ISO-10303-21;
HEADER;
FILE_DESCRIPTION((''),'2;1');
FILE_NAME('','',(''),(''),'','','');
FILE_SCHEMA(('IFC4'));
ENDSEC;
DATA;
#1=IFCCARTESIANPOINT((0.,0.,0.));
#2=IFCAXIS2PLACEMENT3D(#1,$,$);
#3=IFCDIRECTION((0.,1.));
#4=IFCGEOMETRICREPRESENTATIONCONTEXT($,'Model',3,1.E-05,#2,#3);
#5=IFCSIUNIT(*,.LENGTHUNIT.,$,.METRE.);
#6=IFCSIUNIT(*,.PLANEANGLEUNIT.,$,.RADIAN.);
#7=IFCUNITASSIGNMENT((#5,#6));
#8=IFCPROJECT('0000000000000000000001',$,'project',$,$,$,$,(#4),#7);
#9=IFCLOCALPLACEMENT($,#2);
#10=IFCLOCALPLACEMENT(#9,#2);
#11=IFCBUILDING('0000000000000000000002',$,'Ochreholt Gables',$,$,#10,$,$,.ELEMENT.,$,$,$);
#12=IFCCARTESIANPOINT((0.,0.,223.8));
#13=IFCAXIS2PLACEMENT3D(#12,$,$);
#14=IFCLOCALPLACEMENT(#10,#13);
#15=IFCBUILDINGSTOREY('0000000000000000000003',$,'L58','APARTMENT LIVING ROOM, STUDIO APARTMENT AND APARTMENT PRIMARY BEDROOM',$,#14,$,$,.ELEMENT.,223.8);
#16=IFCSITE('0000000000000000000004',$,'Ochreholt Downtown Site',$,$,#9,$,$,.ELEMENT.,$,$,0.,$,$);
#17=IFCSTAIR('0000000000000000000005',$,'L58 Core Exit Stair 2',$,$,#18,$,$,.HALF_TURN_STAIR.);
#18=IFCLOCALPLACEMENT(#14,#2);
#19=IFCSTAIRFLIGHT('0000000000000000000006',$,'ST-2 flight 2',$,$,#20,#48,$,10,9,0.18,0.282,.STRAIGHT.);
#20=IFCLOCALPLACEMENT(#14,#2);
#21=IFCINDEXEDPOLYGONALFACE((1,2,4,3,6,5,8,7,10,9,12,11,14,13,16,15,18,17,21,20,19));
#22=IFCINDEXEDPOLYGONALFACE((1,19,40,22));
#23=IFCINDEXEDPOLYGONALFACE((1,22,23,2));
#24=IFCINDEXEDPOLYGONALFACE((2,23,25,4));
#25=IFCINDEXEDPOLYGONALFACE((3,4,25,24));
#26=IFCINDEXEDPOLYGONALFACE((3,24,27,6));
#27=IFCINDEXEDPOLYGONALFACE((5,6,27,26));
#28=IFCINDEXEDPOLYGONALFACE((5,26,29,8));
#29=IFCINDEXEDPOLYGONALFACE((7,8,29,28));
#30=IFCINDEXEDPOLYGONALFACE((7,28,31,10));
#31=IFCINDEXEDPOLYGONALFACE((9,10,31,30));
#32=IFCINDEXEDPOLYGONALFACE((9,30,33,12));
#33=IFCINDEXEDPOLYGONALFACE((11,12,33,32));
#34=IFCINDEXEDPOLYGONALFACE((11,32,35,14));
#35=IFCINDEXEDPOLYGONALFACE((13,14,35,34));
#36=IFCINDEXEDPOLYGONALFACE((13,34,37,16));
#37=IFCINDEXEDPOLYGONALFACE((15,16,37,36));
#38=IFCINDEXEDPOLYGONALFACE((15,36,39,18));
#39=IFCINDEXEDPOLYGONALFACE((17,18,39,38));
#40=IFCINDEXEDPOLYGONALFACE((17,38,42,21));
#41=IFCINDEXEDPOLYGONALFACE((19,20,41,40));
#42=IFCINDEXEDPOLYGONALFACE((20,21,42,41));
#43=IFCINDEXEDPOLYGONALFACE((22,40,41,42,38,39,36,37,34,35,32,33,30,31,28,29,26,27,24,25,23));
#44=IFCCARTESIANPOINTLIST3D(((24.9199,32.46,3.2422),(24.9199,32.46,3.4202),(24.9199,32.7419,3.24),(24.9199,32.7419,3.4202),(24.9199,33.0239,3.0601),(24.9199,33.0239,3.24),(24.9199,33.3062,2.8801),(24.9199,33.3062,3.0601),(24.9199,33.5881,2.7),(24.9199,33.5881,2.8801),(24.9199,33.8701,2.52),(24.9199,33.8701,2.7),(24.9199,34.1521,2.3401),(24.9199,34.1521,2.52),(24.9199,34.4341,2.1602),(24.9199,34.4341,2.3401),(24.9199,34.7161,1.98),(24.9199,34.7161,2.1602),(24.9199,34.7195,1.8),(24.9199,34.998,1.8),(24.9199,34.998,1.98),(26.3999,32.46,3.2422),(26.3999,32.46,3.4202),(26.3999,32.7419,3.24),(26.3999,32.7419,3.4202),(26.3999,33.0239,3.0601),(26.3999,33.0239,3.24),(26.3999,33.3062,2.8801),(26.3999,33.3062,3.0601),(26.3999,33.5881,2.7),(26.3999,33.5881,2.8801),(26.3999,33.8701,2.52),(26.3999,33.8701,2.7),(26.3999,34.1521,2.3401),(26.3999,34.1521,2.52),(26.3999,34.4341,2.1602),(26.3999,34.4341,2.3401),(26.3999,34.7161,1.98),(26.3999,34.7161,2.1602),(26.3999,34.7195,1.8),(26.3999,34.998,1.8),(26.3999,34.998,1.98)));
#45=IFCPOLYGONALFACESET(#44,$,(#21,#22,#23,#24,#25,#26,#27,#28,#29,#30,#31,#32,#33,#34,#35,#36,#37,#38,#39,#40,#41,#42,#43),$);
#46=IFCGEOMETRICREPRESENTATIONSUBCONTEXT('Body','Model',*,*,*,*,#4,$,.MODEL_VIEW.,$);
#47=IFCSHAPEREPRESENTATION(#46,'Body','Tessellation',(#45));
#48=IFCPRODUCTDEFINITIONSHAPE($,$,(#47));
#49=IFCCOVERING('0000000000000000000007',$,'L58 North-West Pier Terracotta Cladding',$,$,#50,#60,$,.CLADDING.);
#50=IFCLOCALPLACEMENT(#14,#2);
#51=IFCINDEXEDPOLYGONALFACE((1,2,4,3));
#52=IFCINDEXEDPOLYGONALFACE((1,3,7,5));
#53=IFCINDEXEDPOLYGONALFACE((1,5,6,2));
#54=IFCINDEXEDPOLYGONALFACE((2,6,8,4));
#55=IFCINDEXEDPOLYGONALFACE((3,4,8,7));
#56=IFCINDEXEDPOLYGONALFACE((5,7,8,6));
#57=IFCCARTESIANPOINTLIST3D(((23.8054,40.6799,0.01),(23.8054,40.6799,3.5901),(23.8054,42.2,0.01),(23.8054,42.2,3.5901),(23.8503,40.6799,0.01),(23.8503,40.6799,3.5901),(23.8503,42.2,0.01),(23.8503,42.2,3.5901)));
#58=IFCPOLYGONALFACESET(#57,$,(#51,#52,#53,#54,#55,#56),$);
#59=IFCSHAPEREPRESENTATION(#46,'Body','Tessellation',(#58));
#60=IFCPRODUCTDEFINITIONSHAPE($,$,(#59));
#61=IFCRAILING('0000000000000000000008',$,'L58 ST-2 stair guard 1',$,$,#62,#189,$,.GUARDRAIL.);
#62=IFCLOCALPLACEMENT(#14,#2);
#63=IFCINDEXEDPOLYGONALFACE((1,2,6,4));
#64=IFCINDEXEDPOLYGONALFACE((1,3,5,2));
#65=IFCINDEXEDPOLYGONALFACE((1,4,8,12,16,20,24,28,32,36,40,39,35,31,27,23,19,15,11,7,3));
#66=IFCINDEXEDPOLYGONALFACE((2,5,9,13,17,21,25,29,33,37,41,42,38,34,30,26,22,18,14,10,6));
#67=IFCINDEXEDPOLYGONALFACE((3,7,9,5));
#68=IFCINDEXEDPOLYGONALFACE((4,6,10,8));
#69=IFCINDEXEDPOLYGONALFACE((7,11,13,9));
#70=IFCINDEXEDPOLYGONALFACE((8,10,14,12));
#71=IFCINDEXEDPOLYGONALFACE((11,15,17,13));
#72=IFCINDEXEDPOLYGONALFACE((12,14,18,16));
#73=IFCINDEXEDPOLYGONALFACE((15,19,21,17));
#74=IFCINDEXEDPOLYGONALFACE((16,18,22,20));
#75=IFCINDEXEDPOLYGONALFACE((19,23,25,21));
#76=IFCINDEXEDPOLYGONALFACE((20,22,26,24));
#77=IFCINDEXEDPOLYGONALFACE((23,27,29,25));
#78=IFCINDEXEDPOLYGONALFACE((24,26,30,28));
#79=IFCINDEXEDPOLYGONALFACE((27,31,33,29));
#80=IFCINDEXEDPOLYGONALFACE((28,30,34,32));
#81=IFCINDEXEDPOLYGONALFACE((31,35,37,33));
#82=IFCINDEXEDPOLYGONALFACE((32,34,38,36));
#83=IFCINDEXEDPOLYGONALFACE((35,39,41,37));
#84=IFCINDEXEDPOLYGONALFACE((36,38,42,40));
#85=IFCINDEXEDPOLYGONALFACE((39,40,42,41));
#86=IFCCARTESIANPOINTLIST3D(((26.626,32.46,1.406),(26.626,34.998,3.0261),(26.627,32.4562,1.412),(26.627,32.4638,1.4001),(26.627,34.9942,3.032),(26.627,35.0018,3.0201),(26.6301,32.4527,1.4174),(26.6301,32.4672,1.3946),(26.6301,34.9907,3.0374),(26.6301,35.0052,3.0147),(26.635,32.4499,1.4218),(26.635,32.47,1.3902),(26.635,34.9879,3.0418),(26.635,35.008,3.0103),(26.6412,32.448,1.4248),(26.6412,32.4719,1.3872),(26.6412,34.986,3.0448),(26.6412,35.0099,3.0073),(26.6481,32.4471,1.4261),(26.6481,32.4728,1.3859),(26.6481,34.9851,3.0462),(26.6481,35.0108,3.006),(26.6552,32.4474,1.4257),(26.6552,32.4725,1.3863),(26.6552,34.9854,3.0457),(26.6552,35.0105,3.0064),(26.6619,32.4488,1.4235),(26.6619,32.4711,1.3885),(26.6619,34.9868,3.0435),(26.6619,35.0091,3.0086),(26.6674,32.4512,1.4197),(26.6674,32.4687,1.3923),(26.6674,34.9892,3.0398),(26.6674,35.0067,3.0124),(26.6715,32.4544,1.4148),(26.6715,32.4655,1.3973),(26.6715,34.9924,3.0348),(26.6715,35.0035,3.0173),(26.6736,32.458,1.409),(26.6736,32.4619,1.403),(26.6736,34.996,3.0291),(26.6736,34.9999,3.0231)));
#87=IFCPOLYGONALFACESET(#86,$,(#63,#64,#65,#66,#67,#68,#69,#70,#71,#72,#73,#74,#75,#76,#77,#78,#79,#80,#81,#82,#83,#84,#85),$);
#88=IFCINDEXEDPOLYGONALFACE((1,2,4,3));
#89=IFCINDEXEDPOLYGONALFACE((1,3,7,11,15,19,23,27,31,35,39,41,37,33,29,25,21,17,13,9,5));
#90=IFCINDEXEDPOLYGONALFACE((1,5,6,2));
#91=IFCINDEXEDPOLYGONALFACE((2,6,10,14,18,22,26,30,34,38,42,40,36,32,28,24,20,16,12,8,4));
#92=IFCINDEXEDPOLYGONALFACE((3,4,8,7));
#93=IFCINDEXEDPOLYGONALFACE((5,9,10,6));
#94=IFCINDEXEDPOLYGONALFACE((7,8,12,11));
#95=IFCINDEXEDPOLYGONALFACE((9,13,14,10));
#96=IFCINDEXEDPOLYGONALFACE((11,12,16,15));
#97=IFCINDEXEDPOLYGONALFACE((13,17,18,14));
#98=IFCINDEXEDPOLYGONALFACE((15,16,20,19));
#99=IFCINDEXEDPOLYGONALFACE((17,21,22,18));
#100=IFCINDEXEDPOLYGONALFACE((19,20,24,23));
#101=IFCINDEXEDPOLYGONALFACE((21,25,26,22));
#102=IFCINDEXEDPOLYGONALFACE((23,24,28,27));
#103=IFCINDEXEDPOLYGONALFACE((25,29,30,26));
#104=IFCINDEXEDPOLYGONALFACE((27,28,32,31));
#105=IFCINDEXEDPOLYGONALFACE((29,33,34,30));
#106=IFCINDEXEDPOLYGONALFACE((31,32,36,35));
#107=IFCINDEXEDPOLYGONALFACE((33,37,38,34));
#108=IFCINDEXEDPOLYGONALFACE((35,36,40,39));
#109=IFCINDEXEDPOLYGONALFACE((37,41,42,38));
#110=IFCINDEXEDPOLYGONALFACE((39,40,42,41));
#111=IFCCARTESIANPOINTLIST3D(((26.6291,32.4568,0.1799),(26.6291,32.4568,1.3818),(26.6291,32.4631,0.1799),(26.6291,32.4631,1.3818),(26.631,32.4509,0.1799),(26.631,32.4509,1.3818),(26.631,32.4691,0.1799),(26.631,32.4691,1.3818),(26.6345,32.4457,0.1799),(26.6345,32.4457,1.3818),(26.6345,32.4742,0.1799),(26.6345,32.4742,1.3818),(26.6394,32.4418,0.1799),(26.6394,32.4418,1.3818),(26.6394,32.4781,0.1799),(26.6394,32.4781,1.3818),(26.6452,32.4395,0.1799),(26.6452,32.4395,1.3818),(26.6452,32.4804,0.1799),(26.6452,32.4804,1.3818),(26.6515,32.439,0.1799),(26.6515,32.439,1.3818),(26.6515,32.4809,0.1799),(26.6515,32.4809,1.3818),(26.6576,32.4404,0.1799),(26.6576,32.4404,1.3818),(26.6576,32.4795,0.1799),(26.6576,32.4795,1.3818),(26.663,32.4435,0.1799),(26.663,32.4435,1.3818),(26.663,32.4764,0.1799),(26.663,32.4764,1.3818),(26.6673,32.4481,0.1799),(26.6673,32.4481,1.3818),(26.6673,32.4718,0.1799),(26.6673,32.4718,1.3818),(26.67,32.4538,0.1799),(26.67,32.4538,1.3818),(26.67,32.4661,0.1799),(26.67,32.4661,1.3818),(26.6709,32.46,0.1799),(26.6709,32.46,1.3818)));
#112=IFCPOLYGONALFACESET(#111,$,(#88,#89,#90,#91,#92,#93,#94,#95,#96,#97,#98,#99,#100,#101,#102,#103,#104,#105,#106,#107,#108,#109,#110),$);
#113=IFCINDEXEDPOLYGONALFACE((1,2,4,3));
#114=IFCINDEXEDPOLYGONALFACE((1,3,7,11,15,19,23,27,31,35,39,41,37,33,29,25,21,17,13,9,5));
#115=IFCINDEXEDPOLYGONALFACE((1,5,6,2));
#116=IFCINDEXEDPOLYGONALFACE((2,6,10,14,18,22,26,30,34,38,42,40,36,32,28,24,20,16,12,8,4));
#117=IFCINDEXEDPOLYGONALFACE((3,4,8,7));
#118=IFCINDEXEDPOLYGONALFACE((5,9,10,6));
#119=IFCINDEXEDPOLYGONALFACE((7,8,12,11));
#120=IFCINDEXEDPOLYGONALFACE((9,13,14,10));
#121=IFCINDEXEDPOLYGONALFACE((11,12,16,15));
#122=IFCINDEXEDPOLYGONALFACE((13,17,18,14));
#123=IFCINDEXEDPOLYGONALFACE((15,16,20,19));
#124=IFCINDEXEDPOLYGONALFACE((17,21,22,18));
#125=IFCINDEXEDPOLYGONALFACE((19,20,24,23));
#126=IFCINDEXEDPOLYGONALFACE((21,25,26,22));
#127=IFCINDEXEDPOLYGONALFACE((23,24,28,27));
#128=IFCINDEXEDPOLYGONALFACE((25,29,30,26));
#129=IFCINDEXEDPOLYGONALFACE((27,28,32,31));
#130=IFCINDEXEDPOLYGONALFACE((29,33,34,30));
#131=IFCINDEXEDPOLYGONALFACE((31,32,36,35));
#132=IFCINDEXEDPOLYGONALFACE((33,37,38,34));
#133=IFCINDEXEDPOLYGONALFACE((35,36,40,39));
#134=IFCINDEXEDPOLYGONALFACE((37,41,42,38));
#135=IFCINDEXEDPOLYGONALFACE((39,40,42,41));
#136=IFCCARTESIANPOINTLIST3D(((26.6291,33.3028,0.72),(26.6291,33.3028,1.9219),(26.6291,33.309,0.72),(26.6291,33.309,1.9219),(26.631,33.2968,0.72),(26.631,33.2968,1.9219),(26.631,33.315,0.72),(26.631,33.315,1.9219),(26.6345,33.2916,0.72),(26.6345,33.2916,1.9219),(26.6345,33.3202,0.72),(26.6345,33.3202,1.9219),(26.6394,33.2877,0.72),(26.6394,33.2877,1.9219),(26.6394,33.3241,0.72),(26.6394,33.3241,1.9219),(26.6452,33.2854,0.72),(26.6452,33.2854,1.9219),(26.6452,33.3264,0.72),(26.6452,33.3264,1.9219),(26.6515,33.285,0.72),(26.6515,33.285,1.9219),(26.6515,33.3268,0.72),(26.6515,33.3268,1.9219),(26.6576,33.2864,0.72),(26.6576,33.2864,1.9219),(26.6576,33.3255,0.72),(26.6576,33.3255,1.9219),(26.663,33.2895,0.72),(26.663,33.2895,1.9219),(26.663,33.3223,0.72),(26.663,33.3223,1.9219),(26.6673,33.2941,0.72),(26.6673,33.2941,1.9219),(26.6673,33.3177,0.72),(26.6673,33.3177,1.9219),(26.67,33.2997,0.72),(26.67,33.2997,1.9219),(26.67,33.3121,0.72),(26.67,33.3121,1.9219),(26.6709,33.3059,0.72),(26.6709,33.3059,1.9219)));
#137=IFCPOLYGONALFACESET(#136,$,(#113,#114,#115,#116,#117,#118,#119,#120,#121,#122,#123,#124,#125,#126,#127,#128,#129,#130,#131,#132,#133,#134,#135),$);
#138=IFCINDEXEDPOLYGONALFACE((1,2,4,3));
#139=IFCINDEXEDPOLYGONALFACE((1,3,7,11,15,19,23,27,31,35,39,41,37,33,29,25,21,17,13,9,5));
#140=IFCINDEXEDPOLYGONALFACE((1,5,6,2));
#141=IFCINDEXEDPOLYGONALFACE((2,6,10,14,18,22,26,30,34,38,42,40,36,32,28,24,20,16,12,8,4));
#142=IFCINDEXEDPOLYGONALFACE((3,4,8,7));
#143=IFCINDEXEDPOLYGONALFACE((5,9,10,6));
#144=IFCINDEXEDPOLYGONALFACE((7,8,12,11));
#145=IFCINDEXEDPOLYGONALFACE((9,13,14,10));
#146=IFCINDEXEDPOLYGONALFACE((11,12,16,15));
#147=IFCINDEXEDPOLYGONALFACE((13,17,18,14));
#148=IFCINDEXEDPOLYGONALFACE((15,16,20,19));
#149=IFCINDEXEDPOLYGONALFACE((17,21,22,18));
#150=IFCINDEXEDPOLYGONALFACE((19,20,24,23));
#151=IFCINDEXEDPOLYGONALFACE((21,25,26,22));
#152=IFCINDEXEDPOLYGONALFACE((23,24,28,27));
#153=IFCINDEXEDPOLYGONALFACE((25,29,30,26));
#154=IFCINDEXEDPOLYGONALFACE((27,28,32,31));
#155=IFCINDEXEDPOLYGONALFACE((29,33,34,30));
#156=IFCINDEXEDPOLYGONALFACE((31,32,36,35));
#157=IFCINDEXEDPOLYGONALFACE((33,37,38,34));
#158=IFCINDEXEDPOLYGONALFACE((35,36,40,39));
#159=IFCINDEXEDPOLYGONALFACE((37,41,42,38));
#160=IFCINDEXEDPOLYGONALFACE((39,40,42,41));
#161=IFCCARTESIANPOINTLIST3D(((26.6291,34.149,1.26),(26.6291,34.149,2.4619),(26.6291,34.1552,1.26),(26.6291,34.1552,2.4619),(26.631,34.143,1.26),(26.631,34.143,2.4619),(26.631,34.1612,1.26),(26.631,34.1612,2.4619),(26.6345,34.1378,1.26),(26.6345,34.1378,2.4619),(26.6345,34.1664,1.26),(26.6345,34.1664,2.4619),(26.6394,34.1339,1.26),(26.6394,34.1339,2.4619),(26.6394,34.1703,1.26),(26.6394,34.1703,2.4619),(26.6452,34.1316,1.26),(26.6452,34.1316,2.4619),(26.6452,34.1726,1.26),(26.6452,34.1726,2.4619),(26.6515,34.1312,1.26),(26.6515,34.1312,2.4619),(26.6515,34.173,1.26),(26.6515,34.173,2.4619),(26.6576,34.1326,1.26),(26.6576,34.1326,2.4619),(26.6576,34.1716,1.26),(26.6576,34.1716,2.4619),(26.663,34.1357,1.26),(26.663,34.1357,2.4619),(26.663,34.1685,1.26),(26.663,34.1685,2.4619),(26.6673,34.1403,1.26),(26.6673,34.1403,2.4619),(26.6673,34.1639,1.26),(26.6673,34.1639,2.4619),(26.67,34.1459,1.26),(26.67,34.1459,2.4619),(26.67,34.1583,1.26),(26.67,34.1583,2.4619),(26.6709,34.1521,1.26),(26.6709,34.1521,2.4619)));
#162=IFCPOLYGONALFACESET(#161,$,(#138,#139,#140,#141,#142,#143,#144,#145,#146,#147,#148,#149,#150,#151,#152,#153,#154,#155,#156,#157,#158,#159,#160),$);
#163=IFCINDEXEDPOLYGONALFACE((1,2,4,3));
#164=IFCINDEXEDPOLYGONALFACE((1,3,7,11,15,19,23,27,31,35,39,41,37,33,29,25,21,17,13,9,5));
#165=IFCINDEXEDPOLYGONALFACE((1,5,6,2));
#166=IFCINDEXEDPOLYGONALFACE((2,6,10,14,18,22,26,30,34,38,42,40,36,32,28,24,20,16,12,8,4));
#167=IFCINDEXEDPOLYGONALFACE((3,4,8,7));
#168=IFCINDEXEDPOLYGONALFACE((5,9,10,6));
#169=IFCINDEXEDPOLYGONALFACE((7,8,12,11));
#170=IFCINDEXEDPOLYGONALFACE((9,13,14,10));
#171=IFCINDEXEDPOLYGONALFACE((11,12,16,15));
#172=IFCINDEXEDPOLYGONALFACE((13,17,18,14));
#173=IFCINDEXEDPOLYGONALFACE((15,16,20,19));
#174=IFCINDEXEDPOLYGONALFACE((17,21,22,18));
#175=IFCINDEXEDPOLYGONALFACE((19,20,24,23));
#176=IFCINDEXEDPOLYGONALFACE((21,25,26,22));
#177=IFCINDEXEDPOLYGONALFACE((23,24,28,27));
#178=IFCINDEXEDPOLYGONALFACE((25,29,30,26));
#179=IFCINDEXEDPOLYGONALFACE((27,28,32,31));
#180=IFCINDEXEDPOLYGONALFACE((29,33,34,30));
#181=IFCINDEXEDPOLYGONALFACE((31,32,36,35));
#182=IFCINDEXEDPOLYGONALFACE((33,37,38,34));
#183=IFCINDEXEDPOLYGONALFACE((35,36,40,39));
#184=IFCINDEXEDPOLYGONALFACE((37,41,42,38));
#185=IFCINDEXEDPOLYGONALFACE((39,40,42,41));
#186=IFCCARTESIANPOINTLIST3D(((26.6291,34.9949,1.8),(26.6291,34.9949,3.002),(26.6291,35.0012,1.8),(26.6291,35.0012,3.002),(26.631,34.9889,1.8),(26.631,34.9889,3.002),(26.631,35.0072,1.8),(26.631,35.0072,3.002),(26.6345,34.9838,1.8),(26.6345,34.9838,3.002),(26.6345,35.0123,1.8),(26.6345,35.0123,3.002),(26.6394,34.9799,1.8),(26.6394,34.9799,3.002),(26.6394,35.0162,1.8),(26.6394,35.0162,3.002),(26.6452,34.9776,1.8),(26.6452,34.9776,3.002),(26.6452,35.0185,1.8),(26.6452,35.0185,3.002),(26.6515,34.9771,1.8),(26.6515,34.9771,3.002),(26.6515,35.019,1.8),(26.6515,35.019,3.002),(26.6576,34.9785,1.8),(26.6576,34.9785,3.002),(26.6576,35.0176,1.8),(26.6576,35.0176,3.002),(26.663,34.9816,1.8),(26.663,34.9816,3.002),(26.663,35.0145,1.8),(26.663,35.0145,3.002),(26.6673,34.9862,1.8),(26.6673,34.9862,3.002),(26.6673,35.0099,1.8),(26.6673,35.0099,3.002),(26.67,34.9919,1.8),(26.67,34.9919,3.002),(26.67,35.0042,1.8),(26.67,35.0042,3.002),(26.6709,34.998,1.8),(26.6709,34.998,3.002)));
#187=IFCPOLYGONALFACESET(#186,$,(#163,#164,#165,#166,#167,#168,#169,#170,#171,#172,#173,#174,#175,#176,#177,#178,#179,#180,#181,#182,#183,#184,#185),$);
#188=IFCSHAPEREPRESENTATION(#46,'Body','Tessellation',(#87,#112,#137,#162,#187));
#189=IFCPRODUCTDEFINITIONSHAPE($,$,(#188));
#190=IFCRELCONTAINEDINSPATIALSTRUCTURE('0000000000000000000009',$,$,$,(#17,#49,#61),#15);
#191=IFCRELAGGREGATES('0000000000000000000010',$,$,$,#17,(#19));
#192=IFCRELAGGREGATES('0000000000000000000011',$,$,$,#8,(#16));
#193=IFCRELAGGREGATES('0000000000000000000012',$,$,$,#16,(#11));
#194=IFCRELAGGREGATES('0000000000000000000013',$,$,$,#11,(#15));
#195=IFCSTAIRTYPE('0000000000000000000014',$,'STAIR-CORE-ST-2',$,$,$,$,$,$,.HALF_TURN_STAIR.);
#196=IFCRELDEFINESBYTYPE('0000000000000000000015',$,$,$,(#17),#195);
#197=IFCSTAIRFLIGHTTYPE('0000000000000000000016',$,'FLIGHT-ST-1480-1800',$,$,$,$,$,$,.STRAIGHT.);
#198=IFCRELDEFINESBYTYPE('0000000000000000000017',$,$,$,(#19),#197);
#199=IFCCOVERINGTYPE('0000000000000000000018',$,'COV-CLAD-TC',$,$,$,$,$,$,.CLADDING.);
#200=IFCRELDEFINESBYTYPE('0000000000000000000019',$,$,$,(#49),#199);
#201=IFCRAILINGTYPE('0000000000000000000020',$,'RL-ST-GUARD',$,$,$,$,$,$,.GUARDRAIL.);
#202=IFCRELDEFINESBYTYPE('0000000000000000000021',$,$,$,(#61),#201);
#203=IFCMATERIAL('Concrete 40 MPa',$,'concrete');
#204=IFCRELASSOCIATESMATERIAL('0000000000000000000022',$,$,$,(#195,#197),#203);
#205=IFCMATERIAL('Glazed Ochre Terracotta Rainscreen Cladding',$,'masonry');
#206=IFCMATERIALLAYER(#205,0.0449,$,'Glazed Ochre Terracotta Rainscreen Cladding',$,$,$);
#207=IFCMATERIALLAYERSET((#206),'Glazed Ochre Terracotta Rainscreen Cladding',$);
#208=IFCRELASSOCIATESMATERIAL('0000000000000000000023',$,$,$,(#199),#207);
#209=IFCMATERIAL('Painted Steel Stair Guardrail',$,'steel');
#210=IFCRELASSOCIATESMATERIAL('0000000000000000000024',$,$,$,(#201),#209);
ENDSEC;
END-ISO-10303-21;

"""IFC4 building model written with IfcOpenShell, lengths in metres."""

from ifc_helpers import new_model, si_unit, direction, frame, origin, origin_2d, place, context, subcontext, project, spatial, polyline, rectangle, circle, outline, extrude, material, layer, layer_set, type_object, element, aggregate, save


model = new_model("IFC4")

# Units and contexts
model_context = context("Model", 3, precision=1e-05, world=origin(), true_north=direction((0.0, 1.0)))
body_context = subcontext(model_context, "Body", "Model", "MODEL_VIEW")
ifc_project = project(units=[si_unit("LENGTHUNIT", "METRE"), si_unit("PLANEANGLEUNIT", "RADIAN")], contexts=[model_context])

# Site, building, storey
site_placement = place(None, origin())
site = spatial("IfcSite", under=ifc_project, at=site_placement, Name="Ochreholt Downtown Site", CompositionType="ELEMENT", RefElevation=0.0)
building_placement = place(site_placement, origin())
building = spatial("IfcBuilding", under=site, at=building_placement, Name="Ochreholt Gables", CompositionType="ELEMENT")
storey_placement = place(building_placement, frame((0.0, 0.0, 223.8)))
storey = spatial("IfcBuildingStorey", under=building, at=storey_placement, Name="L58", Description="APARTMENT LIVING ROOM, STUDIO APARTMENT AND APARTMENT PRIMARY BEDROOM", CompositionType="ELEMENT", Elevation=223.8)

# Stair, stair flight
ifc_material_1 = material(Name="Concrete 40 MPa", Category="concrete")
stair_type = type_object("IfcStairType", Name="STAIR-CORE-ST-2", PredefinedType="HALF_TURN_STAIR", material=ifc_material_1)
stair_placement = place(storey_placement, origin())
stair = element("IfcStair", 1, at=stair_placement, inside=storey, type_object=stair_type, Name="L58 Core Exit Stair 2", PredefinedType="HALF_TURN_STAIR")
stair_flight_type = type_object("IfcStairFlightType", Name="FLIGHT-ST-1480-1800", PredefinedType="STRAIGHT", material=ifc_material_1)
stair_flight_1_placement = place(storey_placement, frame((25.6599, 34.998, 1.8), z_axis=(0.0, 0.0, 1.0), x_axis=(0.0, -1.0, 0.0)))
stair_flight_1 = element("IfcStairFlight", 2, at=stair_flight_1_placement, type_object=stair_flight_type, Name="ST-2 flight 2", NumberOfRisers=10, NumberOfTreads=9, PredefinedType="STRAIGHT", RiserHeight=0.18, TreadLength=0.282, context=body_context, shape_type="SweptSolid", body=[
    extrude(outline(polyline([(0.0, 0.0), (0.0, 0.1799), (0.282, 0.1799), (0.282, 0.3601), (0.564, 0.3601), (0.564, 0.54), (0.8459, 0.54), (0.8459, 0.72), (1.1279, 0.72), (1.1279, 0.8999), (1.4099, 0.8999), (1.4099, 1.0801), (1.6919, 1.0801), (1.6919, 1.26), (1.9741, 1.26), (1.9741, 1.4399), (2.2561, 1.4399), (2.2561, 1.6201), (2.5381, 1.6201), (2.5381, 1.8), (2.5381, 1.4421), (0.2786, 0.0), (0.0, 0.0)])), frame((0.0, 0.74, 0.0), z_axis=(0.0, -1.0, 0.0), x_axis=(1.0, 0.0, 0.0)), (0.0, 0.0, 1.0), 1.48),
])
aggregate(stair, [stair_flight_1])

# Covering
ifc_material_2 = material(Name="Glazed Ochre Terracotta Rainscreen Cladding", Category="masonry")
ifc_layer_1 = layer(ifc_material_2, 0.0449, Name="Glazed Ochre Terracotta Rainscreen Cladding")
ifc_layer_set_1 = layer_set([ifc_layer_1], Name="Glazed Ochre Terracotta Rainscreen Cladding")
covering_type = type_object("IfcCoveringType", Name="COV-CLAD-TC", PredefinedType="CLADDING", material=ifc_layer_set_1)
covering_placement = place(storey_placement, frame((23.8279, 41.4399, 0.01), z_axis=(0.0, 0.0, 1.0), x_axis=(0.0, 1.0, 0.0)))
element("IfcCovering", 3, at=covering_placement, inside=storey, type_object=covering_type, Name="L58 North-West Pier Terracotta Cladding", PredefinedType="CLADDING", context=body_context, shape_type="SweptSolid", body=[
    extrude(rectangle(XDim=1.52, YDim=0.0449, at=origin_2d()), origin(), (0.0, 0.0, 1.0), 3.5801),
])

# Railing
ifc_material_3 = material(Name="Painted Steel Stair Guardrail", Category="steel")
railing_type_1 = type_object("IfcRailingType", Name="RL-ST-GUARD", PredefinedType="GUARDRAIL", material=ifc_material_3)
railing_1_placement = place(storey_placement, frame((26.6499, 32.46, 0.1799)))
element("IfcRailing", 4, at=railing_1_placement, inside=storey, type_object=railing_type_1, Name="L58 ST-2 stair guard 1", PredefinedType="GUARDRAIL", context=body_context, shape_type="SweptSolid", body=[
    extrude(circle(Radius=0.0239, at=origin_2d()), frame((0.0, 0.0, 1.2261), z_axis=(0.0, 0.842913, 0.53805), x_axis=(-1.0, 0.0, 0.0)), (0.0, 0.0, 1.0), 3.011),
    extrude(circle(Radius=0.021, at=origin_2d()), origin(), (0.0, 0.0, 1.0), 1.2019),
    extrude(circle(Radius=0.021, at=origin_2d()), frame((0.0, 0.8459, 0.54)), (0.0, 0.0, 1.0), 1.2019),
    extrude(circle(Radius=0.021, at=origin_2d()), frame((0.0, 1.6921, 1.0801)), (0.0, 0.0, 1.0), 1.2019),
    extrude(circle(Radius=0.021, at=origin_2d()), frame((0.0, 2.5381, 1.6201)), (0.0, 0.0, 1.0), 1.2019),
])

save(model, "model.ifc")
